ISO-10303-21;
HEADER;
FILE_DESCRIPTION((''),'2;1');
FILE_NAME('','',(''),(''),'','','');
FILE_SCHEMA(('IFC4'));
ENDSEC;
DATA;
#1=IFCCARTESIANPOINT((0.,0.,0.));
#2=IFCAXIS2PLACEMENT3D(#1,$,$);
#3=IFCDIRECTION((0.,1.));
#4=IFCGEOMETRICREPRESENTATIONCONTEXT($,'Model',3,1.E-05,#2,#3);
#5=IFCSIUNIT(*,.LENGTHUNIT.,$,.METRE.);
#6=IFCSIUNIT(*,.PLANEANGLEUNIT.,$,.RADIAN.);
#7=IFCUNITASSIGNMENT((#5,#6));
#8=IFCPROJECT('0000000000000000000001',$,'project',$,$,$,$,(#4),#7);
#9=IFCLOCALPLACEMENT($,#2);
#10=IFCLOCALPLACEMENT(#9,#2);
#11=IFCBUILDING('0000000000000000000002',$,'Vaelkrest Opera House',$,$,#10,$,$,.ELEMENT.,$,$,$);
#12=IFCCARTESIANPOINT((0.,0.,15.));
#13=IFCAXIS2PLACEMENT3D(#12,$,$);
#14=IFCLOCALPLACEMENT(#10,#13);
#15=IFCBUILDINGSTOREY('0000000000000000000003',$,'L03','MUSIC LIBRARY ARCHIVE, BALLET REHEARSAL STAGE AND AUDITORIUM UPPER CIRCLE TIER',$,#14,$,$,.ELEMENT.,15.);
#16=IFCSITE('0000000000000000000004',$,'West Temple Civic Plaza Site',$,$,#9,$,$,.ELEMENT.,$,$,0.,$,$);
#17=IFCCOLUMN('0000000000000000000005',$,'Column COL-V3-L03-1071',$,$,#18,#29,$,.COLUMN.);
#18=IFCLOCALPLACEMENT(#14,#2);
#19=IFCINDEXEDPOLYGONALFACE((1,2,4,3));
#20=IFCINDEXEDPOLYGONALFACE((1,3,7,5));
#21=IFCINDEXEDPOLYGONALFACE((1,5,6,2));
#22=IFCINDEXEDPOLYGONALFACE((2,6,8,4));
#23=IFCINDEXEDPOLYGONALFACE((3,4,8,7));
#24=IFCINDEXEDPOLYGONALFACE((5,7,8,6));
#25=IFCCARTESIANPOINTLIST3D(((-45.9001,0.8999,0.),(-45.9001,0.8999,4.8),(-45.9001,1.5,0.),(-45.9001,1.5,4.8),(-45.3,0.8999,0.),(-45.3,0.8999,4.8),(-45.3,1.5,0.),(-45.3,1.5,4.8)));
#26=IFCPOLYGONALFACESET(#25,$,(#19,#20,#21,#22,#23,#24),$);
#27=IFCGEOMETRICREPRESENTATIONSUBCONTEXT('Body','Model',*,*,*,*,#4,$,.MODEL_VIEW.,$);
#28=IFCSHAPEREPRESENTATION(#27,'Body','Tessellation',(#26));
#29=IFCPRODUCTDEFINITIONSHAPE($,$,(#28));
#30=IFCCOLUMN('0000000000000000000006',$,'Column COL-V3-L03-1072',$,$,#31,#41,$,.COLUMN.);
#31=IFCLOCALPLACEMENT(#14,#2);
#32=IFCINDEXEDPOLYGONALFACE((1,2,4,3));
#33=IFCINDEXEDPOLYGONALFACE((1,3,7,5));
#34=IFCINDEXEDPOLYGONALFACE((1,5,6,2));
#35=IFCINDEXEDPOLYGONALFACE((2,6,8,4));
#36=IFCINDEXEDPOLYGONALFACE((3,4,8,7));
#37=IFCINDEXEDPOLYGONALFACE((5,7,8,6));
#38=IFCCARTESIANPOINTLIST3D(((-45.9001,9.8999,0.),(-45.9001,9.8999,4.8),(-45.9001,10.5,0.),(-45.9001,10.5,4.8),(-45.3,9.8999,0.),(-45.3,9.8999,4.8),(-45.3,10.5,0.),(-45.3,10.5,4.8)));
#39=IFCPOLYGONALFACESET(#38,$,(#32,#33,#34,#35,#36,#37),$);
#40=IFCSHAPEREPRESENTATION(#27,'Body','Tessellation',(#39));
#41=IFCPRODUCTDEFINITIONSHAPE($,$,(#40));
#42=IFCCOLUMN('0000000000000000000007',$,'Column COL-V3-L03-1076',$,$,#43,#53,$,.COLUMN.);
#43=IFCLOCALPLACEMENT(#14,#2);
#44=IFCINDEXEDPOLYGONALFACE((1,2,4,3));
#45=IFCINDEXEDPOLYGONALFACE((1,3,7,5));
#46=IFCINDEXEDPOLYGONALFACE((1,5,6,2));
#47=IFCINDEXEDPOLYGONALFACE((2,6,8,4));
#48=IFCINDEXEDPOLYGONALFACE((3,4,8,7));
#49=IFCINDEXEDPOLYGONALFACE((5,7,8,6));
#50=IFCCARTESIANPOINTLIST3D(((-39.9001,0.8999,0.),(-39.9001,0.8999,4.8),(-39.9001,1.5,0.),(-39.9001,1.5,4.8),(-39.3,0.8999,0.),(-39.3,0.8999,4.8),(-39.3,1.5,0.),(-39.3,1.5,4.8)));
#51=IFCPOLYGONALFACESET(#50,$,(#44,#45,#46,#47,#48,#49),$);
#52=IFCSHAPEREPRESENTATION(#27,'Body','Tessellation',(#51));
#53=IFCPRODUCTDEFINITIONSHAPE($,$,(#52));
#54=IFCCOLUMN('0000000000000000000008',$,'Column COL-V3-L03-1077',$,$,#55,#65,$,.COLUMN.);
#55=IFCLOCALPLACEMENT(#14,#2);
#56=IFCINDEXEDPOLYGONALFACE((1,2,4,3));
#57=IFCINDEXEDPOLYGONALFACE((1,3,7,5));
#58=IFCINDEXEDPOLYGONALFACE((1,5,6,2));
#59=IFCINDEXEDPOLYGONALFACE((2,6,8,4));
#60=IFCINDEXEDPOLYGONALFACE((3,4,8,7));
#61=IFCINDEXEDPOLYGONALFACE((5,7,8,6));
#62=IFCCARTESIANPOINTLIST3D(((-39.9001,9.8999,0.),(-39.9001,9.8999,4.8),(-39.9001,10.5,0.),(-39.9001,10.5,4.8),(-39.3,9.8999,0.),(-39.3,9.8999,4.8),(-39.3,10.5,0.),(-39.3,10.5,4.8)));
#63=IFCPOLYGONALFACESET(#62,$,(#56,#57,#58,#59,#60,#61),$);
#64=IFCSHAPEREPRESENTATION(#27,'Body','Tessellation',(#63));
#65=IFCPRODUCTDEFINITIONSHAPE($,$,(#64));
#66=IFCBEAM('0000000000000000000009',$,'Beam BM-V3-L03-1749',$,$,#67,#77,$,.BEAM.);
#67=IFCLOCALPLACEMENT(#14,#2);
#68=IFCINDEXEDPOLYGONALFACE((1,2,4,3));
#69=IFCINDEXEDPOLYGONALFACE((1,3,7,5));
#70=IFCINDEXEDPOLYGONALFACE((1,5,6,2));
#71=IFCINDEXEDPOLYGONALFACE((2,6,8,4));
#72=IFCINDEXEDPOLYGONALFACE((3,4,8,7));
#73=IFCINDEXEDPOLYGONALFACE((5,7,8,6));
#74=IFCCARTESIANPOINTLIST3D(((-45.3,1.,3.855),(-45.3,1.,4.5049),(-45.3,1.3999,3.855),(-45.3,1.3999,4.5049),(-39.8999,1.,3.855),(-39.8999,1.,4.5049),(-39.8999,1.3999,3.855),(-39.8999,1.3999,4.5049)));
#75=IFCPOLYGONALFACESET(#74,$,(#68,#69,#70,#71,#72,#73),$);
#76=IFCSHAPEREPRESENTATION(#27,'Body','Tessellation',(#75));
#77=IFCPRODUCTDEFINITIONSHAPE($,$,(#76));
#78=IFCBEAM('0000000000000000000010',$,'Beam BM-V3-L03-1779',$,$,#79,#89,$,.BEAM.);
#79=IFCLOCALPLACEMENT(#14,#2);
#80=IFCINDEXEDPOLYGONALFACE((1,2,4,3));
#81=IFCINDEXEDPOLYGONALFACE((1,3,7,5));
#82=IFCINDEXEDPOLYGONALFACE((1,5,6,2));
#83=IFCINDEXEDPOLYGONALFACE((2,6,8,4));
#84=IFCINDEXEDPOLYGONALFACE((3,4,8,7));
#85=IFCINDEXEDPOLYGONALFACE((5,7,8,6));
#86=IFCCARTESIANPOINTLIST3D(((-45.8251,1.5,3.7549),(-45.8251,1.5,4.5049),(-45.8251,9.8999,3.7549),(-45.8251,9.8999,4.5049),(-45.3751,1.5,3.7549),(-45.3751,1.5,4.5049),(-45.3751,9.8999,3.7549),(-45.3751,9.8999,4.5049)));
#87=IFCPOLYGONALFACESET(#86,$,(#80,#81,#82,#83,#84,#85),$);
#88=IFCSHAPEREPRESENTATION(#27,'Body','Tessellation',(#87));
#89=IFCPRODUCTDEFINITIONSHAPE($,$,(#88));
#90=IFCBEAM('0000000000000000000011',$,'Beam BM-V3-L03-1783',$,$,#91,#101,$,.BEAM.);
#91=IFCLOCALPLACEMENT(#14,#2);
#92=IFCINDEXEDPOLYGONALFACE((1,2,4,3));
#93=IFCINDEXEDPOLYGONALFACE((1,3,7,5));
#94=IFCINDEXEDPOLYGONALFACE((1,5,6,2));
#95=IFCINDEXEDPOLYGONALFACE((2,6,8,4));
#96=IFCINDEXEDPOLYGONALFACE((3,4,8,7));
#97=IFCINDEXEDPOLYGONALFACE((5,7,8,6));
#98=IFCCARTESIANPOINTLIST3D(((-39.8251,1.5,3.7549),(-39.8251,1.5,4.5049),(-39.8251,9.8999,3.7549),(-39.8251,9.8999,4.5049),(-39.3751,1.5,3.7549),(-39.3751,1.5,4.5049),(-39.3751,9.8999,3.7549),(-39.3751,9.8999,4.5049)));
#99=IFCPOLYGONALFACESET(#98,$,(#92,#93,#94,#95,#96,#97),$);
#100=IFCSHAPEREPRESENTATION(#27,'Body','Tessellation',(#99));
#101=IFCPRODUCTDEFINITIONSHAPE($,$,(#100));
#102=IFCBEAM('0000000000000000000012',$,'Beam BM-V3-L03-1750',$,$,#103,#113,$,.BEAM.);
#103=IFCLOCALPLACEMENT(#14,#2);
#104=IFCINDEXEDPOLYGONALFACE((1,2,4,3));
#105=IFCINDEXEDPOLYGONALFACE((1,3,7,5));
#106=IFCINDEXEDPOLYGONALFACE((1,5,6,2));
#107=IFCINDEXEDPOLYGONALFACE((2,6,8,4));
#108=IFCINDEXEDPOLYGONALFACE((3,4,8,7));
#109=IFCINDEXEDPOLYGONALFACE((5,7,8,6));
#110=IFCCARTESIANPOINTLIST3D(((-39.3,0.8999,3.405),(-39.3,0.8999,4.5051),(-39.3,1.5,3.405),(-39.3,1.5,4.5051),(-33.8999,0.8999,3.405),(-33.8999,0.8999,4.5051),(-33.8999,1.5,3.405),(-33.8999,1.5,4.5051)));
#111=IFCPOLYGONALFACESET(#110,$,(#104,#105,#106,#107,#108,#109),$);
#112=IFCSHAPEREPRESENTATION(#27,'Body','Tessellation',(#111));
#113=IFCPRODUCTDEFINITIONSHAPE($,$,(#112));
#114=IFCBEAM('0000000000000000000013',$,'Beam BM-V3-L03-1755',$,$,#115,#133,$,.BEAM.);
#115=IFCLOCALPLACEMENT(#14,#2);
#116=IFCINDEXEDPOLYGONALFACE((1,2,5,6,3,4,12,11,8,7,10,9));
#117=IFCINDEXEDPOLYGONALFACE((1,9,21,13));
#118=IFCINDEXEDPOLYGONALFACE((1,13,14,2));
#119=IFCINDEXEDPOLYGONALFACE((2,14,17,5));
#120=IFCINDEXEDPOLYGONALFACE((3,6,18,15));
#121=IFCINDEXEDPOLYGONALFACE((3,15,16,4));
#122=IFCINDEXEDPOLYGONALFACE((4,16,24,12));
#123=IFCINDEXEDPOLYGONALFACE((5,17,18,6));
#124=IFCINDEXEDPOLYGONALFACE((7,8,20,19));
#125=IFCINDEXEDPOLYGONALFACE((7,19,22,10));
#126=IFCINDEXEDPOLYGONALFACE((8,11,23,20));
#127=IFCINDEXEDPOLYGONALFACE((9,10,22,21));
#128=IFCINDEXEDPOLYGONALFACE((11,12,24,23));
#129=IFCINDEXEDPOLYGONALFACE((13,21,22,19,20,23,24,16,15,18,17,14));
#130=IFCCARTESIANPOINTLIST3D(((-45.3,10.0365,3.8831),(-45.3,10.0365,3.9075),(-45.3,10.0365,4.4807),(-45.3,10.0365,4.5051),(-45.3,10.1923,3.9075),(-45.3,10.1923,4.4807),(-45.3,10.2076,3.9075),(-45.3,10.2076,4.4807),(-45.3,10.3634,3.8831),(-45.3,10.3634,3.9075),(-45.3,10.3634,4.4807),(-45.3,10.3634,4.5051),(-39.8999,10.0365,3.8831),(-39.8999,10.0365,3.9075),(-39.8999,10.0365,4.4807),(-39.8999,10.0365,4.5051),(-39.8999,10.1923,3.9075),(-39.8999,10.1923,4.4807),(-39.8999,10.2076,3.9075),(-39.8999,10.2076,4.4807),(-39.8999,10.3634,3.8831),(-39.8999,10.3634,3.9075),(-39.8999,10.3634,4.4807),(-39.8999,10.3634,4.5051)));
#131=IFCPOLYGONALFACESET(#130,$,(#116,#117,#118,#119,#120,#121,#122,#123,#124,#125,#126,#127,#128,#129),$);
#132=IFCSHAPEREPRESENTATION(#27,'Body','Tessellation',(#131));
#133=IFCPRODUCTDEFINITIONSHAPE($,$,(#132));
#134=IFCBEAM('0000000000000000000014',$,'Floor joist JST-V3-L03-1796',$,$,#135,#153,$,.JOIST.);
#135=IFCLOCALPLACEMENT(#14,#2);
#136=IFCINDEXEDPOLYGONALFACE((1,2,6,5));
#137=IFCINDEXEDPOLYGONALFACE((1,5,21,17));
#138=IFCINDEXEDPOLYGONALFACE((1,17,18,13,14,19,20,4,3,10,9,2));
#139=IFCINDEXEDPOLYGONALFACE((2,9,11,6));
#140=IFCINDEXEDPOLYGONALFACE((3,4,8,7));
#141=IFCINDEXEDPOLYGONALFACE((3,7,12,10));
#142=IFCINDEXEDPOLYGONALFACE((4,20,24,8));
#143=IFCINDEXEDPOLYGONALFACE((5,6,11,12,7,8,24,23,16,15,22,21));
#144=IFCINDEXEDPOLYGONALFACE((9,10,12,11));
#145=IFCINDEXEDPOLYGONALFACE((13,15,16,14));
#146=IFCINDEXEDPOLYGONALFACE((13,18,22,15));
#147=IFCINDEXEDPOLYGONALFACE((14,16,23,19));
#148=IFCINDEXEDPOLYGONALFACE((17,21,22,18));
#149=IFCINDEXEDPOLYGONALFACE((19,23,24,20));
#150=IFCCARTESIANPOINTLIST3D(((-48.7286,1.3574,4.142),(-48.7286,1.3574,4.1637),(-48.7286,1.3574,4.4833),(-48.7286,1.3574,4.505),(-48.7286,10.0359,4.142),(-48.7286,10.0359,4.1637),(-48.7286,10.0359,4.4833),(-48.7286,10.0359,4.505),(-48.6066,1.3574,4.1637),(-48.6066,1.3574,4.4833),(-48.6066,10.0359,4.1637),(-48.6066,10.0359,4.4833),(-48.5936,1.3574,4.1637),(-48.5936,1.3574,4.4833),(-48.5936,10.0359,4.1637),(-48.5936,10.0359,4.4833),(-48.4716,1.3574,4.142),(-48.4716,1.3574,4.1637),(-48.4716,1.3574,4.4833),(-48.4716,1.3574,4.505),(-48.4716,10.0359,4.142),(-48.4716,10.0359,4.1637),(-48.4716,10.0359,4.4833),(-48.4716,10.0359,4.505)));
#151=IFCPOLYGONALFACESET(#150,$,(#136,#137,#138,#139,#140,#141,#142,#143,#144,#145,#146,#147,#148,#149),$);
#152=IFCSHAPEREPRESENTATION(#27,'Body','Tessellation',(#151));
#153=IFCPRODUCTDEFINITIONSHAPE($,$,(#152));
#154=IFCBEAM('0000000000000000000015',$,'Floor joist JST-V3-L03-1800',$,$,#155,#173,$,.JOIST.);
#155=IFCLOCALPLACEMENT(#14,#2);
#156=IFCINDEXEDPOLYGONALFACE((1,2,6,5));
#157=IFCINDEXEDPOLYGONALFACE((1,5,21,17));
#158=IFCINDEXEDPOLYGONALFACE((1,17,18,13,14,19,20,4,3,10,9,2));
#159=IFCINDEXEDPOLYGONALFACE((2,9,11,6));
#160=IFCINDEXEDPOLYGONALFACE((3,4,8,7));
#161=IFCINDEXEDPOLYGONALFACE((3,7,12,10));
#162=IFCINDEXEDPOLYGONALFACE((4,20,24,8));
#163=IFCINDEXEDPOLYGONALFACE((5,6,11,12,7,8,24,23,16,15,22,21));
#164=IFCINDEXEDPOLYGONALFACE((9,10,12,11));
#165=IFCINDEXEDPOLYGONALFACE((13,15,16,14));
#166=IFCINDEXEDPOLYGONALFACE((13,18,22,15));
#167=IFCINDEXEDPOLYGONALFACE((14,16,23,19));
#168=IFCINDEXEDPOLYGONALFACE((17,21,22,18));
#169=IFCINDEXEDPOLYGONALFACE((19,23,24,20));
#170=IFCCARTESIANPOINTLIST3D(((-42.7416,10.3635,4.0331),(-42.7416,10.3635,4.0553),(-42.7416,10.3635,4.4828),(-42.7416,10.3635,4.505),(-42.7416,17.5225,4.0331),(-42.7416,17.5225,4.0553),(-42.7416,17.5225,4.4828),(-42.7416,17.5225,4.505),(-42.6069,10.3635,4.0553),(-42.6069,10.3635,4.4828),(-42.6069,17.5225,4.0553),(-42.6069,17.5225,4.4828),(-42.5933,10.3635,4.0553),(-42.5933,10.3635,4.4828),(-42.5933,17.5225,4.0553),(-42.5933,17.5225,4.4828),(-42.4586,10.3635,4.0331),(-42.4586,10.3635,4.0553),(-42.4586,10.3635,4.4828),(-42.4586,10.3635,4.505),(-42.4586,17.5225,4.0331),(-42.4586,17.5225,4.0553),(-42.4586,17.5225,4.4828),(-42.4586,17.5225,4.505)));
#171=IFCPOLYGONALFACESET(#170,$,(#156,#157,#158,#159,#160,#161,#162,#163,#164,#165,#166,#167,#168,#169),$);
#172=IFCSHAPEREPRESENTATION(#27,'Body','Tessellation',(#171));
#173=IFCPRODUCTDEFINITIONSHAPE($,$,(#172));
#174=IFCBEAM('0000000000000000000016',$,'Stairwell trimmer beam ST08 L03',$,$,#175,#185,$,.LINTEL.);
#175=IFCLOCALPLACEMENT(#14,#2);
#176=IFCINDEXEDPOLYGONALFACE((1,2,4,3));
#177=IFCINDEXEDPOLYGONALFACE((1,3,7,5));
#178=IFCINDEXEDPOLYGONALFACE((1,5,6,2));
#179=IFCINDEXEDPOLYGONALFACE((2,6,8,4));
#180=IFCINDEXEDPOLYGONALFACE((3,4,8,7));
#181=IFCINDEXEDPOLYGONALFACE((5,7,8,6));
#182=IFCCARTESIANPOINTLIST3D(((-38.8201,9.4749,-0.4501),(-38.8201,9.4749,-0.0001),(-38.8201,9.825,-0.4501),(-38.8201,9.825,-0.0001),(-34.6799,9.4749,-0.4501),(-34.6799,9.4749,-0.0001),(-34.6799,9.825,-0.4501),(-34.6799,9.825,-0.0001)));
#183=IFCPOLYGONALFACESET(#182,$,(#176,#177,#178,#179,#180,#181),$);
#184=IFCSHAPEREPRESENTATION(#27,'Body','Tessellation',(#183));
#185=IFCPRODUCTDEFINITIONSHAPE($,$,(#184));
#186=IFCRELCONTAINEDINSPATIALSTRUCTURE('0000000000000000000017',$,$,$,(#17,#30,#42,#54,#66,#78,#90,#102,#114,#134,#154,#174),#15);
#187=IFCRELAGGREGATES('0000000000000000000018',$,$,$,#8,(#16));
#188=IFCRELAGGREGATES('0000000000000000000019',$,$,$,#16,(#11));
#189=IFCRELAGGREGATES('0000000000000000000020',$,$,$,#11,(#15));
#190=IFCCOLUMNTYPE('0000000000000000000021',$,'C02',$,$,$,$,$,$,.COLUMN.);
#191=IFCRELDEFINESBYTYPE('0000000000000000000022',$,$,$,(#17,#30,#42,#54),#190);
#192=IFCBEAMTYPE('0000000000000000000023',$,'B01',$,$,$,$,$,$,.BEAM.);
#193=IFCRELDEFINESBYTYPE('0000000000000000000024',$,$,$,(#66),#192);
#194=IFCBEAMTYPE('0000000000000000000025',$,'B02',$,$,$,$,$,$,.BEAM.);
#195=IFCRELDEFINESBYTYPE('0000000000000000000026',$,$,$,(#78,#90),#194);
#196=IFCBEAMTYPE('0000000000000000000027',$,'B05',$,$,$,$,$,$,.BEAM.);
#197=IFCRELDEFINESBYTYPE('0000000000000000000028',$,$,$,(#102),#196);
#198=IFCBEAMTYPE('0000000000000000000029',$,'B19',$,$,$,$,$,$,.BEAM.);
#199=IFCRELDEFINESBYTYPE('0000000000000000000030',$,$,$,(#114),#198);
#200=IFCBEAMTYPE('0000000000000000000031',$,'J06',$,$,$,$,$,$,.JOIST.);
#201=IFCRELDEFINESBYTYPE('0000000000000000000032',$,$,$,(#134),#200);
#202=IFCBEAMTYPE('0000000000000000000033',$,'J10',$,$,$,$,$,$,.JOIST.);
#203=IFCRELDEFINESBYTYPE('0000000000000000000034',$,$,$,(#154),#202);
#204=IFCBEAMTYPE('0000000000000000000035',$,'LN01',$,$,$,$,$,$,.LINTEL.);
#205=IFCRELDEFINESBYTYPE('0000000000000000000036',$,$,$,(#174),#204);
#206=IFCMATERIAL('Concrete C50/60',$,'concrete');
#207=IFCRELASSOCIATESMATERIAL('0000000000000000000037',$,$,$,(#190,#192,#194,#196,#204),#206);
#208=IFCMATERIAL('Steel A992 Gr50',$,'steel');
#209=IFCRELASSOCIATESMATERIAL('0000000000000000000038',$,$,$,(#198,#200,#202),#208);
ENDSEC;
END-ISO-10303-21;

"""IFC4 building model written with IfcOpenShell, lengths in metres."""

from ifc_helpers import new_model, si_unit, direction, frame, origin, origin_2d, place, context, subcontext, project, spatial, rectangle, i_section, extrude, material, material_profile, profile_set, type_object, element, save


model = new_model("IFC4")

# Units and contexts
model_context = context("Model", 3, precision=1e-05, world=origin(), true_north=direction((0.0, 1.0)))
body_context = subcontext(model_context, "Body", "Model", "MODEL_VIEW")
ifc_project = project(units=[si_unit("LENGTHUNIT", "METRE"), si_unit("PLANEANGLEUNIT", "RADIAN")], contexts=[model_context])

# Site, building, storey
site_placement = place(None, origin())
site = spatial("IfcSite", under=ifc_project, at=site_placement, Name="West Temple Civic Plaza Site", CompositionType="ELEMENT", RefElevation=0.0)
building_placement = place(site_placement, origin())
building = spatial("IfcBuilding", under=site, at=building_placement, Name="Vaelkrest Opera House", CompositionType="ELEMENT")
storey_placement = place(building_placement, frame((0.0, 0.0, 15.0)))
storey = spatial("IfcBuildingStorey", under=building, at=storey_placement, Name="L03", Description="MUSIC LIBRARY ARCHIVE, BALLET REHEARSAL STAGE AND AUDITORIUM UPPER CIRCLE TIER", CompositionType="ELEMENT", Elevation=15.0)

# Columns
ifc_material_1 = material(Name="Concrete C50/60", Category="concrete")
ifc_material_profile_1 = material_profile(ifc_material_1, rectangle(XDim=0.6001, YDim=0.6001, at=origin_2d()), Name="RC600X600")
ifc_profile_set_1 = profile_set([ifc_material_profile_1], Name="Concrete C50/60")
column_type = type_object("IfcColumnType", Name="C02", PredefinedType="COLUMN", material=ifc_profile_set_1)
for number, where, z_axis, x_axis, name in (
    (1, (-45.6001, 1.2, 0.0), (0.0, 0.0, 1.0), (1.0, 0.0, 0.0), "Column COL-V3-L03-1071"),
    (2, (-45.6001, 10.2, 0.0), (0.0, 0.0, 1.0), (1.0, 0.0, 0.0), "Column COL-V3-L03-1072"),
    (3, (-39.6001, 1.2, 0.0), (0.0, 0.0, 1.0), (1.0, 0.0, 0.0), "Column COL-V3-L03-1076"),
    (4, (-39.6001, 10.2, 0.0), (0.0, 0.0, 1.0), (1.0, 0.0, 0.0), "Column COL-V3-L03-1077"),
):
    element("IfcColumn", number, at=place(storey_placement, frame(where, z_axis=z_axis, x_axis=x_axis)), inside=storey, type_object=column_type, Name=name, PredefinedType="COLUMN", context=body_context, shape_type="SweptSolid", body=[
        extrude(rectangle(XDim=0.6001, YDim=0.6001, at=origin_2d()), origin(), (0.0, 0.0, 1.0), 4.8),
    ])

# Beams
ifc_material_profile_2 = material_profile(ifc_material_1, rectangle(XDim=0.3999, YDim=0.6499, at=origin_2d()), Name="RCB400X650")
ifc_profile_set_2 = profile_set([ifc_material_profile_2], Name="Concrete C50/60")
beam_type_1 = type_object("IfcBeamType", Name="B01", PredefinedType="BEAM", material=ifc_profile_set_2)
beam_1_placement = place(storey_placement, frame((-45.3, 1.2, 4.1799), z_axis=(1.0, 0.0, 0.0), x_axis=(0.0, 1.0, 0.0)))
element("IfcBeam", 5, at=beam_1_placement, inside=storey, type_object=beam_type_1, Name="Beam BM-V3-L03-1749", PredefinedType="BEAM", context=body_context, shape_type="SweptSolid", body=[
    extrude(rectangle(XDim=0.3999, YDim=0.6499, at=origin_2d()), origin(), (0.0, 0.0, 1.0), 5.4001),
])
ifc_material_profile_3 = material_profile(ifc_material_1, rectangle(XDim=0.45, YDim=0.75, at=origin_2d()), Name="RCB450X750")
ifc_profile_set_3 = profile_set([ifc_material_profile_3], Name="Concrete C50/60")
beam_type_2 = type_object("IfcBeamType", Name="B02", PredefinedType="BEAM", material=ifc_profile_set_3)
for number, where, z_axis, x_axis, name in (
    (6, (-45.6001, 1.5, 4.1299), (0.0, 1.0, 0.0), (-1.0, 0.0, 0.0), "Beam BM-V3-L03-1779"),
    (7, (-39.6001, 1.5, 4.1299), (0.0, 1.0, 0.0), (-1.0, 0.0, 0.0), "Beam BM-V3-L03-1783"),
):
    element("IfcBeam", number, at=place(storey_placement, frame(where, z_axis=z_axis, x_axis=x_axis)), inside=storey, type_object=beam_type_2, Name=name, PredefinedType="BEAM", context=body_context, shape_type="SweptSolid", body=[
        extrude(rectangle(XDim=0.45, YDim=0.75, at=origin_2d()), origin(), (0.0, 0.0, 1.0), 8.3999),
    ])
ifc_material_profile_4 = material_profile(ifc_material_1, rectangle(XDim=0.6001, YDim=1.1001, at=origin_2d()), Name="RCB600X1100")
ifc_profile_set_4 = profile_set([ifc_material_profile_4], Name="Concrete C50/60")
beam_type_3 = type_object("IfcBeamType", Name="B05", PredefinedType="BEAM", material=ifc_profile_set_4)
beam_2_placement = place(storey_placement, frame((-39.3, 1.2, 3.9551), z_axis=(1.0, 0.0, 0.0), x_axis=(0.0, 1.0, 0.0)))
element("IfcBeam", 8, at=beam_2_placement, inside=storey, type_object=beam_type_3, Name="Beam BM-V3-L03-1750", PredefinedType="BEAM", context=body_context, shape_type="SweptSolid", body=[
    extrude(rectangle(XDim=0.6001, YDim=1.1001, at=origin_2d()), origin(), (0.0, 0.0, 1.0), 5.4001),
])
ifc_material_2 = material(Name="Steel A992 Gr50", Category="steel")
ifc_material_profile_5 = material_profile(ifc_material_2, i_section(OverallWidth=0.3269, OverallDepth=0.6221, WebThickness=0.0154, FlangeThickness=0.0244, at=origin_2d()), Name="W24X131")
ifc_profile_set_5 = profile_set([ifc_material_profile_5], Name="Steel A992 Gr50")
beam_type_4 = type_object("IfcBeamType", Name="B19", PredefinedType="BEAM", material=ifc_profile_set_5)
beam_3_placement = place(storey_placement, frame((-45.3, 10.2, 4.1941), z_axis=(1.0, 0.0, 0.0), x_axis=(0.0, 1.0, 0.0)))
element("IfcBeam", 9, at=beam_3_placement, inside=storey, type_object=beam_type_4, Name="Beam BM-V3-L03-1755", PredefinedType="BEAM", context=body_context, shape_type="SweptSolid", body=[
    extrude(i_section(OverallWidth=0.3269, OverallDepth=0.6221, WebThickness=0.0154, FlangeThickness=0.0244, at=origin_2d()), origin(), (0.0, 0.0, 1.0), 5.4001),
])
ifc_material_profile_6 = material_profile(ifc_material_2, i_section(OverallWidth=0.2571, OverallDepth=0.363, WebThickness=0.0129, FlangeThickness=0.0217, at=origin_2d()), Name="W14X82")
ifc_profile_set_6 = profile_set([ifc_material_profile_6], Name="Steel A992 Gr50")
beam_type_5 = type_object("IfcBeamType", Name="J06", PredefinedType="JOIST", material=ifc_profile_set_6)
beam_4_placement = place(storey_placement, frame((-48.6001, 1.3574, 4.3235), z_axis=(0.0, 1.0, 0.0), x_axis=(-1.0, 0.0, 0.0)))
element("IfcBeam", 10, at=beam_4_placement, inside=storey, type_object=beam_type_5, Name="Floor joist JST-V3-L03-1796", PredefinedType="JOIST", context=body_context, shape_type="SweptSolid", body=[
    extrude(i_section(OverallWidth=0.2571, OverallDepth=0.363, WebThickness=0.0129, FlangeThickness=0.0217, at=origin_2d()), origin(), (0.0, 0.0, 1.0), 8.6785),
])
ifc_material_profile_7 = material_profile(ifc_material_2, i_section(OverallWidth=0.283, OverallDepth=0.4719, WebThickness=0.0137, FlangeThickness=0.0222, at=origin_2d()), Name="W18X97")
ifc_profile_set_7 = profile_set([ifc_material_profile_7], Name="Steel A992 Gr50")
beam_type_6 = type_object("IfcBeamType", Name="J10", PredefinedType="JOIST", material=ifc_profile_set_7)
beam_5_placement = place(storey_placement, frame((-42.6001, 10.3635, 4.269), z_axis=(0.0, 1.0, 0.0), x_axis=(-1.0, 0.0, 0.0)))
element("IfcBeam", 11, at=beam_5_placement, inside=storey, type_object=beam_type_6, Name="Floor joist JST-V3-L03-1800", PredefinedType="JOIST", context=body_context, shape_type="SweptSolid", body=[
    extrude(i_section(OverallWidth=0.283, OverallDepth=0.4719, WebThickness=0.0137, FlangeThickness=0.0222, at=origin_2d()), origin(), (0.0, 0.0, 1.0), 7.1589),
])
ifc_material_profile_8 = material_profile(ifc_material_1, rectangle(XDim=0.3501, YDim=0.45, at=origin_2d()), Name="RCB350X450")
ifc_profile_set_8 = profile_set([ifc_material_profile_8], Name="Concrete C50/60")
beam_type_7 = type_object("IfcBeamType", Name="LN01", PredefinedType="LINTEL", material=ifc_profile_set_8)
beam_6_placement = place(storey_placement, frame((-38.8201, 9.6499, -0.2251), z_axis=(1.0, 0.0, 0.0), x_axis=(0.0, 1.0, 0.0)))
element("IfcBeam", 12, at=beam_6_placement, inside=storey, type_object=beam_type_7, Name="Stairwell trimmer beam ST08 L03", PredefinedType="LINTEL", context=body_context, shape_type="SweptSolid", body=[
    extrude(rectangle(XDim=0.3501, YDim=0.45, at=origin_2d()), origin(), (0.0, 0.0, 1.0), 4.1401),
])

save(model, "model.ifc")
